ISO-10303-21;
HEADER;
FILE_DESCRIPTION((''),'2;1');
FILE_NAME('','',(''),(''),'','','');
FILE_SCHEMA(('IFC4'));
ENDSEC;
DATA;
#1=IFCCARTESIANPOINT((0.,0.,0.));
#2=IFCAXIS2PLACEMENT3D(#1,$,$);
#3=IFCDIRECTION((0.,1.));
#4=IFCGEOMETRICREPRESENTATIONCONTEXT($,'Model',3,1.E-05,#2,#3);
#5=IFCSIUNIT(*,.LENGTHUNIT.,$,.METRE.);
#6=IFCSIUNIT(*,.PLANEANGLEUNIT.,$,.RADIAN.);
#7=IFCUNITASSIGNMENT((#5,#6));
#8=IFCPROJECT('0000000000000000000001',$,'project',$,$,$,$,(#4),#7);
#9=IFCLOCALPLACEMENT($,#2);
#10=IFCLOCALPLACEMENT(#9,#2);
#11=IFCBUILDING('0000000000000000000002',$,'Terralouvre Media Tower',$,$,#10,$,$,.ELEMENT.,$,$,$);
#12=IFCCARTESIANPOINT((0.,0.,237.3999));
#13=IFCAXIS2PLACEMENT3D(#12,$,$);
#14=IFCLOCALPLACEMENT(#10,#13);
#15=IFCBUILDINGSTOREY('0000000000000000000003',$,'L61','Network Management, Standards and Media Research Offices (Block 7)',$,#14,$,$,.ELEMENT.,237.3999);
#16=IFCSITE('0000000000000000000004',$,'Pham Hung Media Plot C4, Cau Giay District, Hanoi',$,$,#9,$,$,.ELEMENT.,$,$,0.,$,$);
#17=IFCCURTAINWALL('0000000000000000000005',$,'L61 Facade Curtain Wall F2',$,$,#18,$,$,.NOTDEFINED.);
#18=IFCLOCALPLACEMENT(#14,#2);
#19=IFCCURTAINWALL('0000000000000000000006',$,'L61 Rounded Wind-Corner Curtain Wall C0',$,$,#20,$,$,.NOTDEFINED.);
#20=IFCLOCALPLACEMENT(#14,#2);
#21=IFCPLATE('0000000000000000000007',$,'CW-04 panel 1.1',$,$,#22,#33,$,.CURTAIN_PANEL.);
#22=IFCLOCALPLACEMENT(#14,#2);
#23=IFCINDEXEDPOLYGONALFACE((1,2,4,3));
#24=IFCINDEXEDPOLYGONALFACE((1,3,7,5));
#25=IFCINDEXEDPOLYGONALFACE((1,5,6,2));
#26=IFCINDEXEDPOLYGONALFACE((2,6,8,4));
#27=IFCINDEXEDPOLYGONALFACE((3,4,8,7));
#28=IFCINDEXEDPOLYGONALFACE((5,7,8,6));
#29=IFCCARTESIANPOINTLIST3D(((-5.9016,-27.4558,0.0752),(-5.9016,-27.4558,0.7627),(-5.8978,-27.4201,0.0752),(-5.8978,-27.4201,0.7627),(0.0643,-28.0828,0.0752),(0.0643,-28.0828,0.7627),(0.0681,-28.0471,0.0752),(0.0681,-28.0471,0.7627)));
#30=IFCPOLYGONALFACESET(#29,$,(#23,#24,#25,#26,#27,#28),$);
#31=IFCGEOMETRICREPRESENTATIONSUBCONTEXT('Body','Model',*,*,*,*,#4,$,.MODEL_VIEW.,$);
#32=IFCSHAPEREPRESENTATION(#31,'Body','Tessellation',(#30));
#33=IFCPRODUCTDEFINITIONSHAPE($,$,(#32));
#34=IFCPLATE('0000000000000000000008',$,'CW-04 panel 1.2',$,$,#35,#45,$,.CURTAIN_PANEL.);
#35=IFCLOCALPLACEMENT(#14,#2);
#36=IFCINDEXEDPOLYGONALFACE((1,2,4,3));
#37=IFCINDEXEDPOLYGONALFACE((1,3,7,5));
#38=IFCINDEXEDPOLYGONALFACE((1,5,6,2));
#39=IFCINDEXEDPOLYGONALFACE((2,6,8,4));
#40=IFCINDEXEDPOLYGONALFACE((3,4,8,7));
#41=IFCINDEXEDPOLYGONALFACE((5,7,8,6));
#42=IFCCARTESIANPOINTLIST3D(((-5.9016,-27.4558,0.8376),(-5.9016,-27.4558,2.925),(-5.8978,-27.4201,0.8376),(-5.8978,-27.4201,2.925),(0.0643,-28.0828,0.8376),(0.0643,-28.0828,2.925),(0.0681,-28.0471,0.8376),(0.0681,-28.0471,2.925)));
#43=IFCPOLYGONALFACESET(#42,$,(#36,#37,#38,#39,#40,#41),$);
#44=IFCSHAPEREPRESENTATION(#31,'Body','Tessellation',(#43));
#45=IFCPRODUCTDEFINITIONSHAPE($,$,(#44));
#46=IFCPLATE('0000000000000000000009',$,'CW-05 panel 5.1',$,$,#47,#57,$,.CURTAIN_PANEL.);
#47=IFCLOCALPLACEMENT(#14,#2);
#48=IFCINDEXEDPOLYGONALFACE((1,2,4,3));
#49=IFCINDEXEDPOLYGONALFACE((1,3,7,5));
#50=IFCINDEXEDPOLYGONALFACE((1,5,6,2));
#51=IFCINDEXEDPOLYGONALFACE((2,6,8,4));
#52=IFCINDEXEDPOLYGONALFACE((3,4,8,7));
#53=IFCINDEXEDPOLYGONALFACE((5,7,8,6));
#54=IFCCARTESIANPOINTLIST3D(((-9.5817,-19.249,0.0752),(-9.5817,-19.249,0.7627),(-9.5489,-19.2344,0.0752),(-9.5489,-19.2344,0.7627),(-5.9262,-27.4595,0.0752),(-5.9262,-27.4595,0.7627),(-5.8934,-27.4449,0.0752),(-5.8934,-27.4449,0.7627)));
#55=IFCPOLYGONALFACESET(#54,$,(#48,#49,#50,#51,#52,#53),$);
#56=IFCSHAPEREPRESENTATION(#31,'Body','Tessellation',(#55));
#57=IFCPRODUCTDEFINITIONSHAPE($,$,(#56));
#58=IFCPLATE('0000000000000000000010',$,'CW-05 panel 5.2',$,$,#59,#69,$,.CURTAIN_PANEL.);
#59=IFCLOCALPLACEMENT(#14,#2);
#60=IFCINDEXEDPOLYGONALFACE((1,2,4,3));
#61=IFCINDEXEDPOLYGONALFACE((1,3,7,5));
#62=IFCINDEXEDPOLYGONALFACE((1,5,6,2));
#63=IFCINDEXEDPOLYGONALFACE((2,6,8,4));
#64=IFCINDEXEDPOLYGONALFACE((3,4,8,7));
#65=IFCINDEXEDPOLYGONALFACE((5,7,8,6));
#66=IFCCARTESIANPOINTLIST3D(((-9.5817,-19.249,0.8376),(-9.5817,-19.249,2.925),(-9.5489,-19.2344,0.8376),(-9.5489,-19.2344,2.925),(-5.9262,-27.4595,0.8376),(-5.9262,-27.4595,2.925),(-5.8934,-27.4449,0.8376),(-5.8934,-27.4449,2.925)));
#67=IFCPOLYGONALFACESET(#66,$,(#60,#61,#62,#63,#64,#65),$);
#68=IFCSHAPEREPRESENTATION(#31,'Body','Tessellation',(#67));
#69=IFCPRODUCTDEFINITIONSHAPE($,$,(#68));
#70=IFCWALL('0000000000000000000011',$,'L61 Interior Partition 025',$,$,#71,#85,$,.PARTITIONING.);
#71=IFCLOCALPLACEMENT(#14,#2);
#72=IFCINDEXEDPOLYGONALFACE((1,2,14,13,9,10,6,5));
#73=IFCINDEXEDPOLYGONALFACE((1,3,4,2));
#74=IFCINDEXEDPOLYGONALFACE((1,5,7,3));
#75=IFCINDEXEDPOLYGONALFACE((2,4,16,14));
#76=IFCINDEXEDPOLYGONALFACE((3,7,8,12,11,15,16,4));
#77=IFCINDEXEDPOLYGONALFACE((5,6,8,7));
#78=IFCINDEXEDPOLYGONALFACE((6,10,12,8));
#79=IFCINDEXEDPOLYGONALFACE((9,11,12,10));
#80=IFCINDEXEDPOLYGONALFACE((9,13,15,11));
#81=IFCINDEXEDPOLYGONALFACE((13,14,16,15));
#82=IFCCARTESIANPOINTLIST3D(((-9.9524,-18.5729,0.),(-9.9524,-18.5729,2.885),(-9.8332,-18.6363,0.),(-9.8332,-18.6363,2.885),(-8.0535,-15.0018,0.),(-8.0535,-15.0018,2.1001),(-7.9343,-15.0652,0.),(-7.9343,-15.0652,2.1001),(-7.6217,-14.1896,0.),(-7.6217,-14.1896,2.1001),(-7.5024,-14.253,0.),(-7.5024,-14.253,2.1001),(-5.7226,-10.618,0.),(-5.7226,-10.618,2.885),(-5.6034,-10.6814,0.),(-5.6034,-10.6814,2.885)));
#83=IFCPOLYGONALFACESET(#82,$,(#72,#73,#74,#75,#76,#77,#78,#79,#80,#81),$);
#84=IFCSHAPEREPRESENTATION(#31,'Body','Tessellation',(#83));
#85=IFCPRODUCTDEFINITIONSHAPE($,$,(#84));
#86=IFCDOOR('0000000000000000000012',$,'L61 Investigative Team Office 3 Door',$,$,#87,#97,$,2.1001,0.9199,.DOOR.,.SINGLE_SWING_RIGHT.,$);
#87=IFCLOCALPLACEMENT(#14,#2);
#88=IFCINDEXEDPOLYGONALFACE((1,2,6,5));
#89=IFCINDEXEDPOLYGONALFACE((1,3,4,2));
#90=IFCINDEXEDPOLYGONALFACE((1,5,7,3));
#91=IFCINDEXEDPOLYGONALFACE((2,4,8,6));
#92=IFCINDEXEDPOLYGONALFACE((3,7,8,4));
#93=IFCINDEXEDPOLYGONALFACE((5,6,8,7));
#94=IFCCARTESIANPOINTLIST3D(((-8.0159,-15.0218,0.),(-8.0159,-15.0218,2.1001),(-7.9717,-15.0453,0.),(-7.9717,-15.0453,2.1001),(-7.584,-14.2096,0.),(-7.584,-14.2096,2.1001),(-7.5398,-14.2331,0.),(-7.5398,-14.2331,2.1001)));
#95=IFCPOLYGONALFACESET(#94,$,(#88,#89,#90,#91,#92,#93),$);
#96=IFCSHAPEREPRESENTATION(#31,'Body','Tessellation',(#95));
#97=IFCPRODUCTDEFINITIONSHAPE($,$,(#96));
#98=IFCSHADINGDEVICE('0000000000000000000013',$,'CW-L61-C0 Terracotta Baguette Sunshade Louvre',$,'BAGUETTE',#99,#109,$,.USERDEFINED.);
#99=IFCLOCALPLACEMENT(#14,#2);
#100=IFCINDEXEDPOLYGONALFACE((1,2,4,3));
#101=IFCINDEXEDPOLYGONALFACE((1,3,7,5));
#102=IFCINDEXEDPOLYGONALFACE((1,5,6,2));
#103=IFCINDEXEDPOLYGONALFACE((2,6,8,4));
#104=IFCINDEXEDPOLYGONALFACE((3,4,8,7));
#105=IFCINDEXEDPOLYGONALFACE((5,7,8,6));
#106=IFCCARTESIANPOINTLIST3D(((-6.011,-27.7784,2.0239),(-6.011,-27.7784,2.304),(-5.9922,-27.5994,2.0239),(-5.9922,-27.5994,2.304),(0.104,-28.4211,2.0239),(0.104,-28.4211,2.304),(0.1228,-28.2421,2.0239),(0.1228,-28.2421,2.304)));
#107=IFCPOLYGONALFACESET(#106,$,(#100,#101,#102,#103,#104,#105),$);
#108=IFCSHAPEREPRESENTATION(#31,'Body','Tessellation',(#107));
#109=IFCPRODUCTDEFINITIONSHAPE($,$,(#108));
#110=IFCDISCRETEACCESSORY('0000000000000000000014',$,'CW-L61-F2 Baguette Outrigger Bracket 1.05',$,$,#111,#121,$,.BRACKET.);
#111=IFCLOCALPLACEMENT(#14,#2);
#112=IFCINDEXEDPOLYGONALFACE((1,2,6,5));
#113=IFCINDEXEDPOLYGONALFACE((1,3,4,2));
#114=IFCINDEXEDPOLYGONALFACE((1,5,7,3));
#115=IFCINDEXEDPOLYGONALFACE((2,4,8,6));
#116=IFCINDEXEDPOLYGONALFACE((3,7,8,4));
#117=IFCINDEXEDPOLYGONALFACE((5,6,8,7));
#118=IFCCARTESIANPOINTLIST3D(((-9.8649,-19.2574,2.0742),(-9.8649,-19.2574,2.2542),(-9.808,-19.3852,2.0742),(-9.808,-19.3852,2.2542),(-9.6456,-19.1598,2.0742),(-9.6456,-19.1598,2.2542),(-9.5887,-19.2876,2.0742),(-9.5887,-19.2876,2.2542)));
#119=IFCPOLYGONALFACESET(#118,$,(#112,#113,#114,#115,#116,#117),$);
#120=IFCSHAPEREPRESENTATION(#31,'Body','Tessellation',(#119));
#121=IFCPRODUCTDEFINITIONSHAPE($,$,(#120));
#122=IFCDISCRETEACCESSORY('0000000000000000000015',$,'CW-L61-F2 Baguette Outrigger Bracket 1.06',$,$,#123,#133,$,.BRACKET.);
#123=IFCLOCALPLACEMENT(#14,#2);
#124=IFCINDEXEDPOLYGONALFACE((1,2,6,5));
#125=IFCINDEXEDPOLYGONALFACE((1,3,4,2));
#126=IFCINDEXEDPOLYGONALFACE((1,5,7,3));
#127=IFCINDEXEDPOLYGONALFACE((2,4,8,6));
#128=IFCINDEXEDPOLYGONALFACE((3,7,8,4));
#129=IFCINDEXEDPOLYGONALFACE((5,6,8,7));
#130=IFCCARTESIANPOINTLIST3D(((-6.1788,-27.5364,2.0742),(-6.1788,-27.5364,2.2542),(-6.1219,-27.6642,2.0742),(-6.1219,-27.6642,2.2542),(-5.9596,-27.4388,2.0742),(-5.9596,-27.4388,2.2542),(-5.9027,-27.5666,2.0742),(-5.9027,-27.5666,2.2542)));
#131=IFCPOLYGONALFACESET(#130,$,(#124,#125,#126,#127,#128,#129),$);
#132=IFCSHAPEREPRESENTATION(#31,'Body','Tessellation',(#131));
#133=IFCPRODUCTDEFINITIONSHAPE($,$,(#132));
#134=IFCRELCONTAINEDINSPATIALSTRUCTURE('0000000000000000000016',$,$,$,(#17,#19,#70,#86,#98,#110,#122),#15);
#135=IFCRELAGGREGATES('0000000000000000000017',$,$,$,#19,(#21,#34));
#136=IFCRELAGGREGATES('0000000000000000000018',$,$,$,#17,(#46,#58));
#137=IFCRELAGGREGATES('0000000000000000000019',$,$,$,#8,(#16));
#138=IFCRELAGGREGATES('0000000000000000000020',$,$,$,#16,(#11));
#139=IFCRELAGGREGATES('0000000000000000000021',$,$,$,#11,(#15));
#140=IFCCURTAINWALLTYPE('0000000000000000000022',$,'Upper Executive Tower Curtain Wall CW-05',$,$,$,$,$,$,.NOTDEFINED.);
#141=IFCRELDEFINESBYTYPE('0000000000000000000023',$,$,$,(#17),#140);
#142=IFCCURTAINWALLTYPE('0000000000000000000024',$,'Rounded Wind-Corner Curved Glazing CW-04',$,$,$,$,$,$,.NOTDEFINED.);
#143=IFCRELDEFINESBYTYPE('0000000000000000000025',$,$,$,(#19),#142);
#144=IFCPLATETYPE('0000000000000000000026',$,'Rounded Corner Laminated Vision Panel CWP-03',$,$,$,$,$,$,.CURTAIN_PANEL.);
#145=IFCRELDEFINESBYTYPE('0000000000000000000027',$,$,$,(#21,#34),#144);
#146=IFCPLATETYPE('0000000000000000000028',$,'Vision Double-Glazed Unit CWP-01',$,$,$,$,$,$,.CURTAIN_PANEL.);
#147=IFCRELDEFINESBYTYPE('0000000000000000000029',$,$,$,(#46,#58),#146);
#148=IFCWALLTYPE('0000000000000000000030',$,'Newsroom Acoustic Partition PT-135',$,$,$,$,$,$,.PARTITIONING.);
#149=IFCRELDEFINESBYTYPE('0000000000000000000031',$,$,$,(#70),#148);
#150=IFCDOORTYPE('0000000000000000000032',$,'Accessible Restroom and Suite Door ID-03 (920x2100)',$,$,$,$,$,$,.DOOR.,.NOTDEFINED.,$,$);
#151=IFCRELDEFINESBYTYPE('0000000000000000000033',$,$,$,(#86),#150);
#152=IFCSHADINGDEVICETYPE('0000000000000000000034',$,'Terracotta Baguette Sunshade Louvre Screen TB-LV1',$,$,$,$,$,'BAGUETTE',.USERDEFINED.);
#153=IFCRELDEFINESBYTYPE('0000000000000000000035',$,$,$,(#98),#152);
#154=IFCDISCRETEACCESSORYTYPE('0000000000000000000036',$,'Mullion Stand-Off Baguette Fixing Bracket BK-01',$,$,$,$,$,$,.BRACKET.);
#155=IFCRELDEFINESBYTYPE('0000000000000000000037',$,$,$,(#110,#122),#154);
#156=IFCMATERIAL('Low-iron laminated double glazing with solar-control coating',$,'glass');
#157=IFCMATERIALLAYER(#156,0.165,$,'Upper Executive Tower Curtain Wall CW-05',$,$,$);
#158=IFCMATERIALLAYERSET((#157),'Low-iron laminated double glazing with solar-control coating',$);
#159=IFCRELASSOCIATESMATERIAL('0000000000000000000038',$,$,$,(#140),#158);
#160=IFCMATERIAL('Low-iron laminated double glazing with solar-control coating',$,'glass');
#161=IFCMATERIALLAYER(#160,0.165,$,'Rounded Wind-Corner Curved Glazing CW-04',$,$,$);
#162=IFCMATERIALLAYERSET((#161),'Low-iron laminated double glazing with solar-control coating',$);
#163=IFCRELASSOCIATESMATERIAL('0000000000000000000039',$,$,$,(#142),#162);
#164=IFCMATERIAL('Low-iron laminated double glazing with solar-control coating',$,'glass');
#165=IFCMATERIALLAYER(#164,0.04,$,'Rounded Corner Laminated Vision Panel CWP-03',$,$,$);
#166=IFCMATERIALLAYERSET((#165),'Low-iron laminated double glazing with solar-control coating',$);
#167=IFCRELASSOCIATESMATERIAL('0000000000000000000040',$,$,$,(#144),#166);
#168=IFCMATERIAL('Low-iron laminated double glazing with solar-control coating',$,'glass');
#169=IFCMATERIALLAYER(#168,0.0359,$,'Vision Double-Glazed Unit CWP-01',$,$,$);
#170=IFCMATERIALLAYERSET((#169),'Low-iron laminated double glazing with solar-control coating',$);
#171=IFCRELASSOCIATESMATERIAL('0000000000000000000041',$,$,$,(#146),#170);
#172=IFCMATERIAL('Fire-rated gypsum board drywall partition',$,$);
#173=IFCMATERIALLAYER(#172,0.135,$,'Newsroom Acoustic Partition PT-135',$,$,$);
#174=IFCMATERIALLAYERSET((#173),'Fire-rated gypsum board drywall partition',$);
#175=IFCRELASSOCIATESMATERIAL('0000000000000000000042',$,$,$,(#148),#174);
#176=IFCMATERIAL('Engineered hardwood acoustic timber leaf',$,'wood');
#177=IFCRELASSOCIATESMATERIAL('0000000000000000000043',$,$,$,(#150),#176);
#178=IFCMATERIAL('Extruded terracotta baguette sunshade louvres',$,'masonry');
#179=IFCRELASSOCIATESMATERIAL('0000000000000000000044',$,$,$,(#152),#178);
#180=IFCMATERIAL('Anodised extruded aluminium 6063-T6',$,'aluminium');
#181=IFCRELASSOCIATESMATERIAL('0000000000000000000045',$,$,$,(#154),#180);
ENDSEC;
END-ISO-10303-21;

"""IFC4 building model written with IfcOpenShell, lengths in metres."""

from ifc_helpers import new_model, si_unit, direction, frame, frame_2d, origin, origin_2d, place, context, subcontext, project, spatial, rectangle, extrude, material, layer, layer_set, type_object, element, fill, aggregate, save


model = new_model("IFC4")

# Units and contexts
model_context = context("Model", 3, precision=1e-05, world=origin(), true_north=direction((0.0, 1.0)))
body_context = subcontext(model_context, "Body", "Model", "MODEL_VIEW")
ifc_project = project(units=[si_unit("LENGTHUNIT", "METRE"), si_unit("PLANEANGLEUNIT", "RADIAN")], contexts=[model_context])

# Site, building, storey
site_placement = place(None, origin())
site = spatial("IfcSite", under=ifc_project, at=site_placement, Name="Pham Hung Media Plot C4, Cau Giay District, Hanoi", CompositionType="ELEMENT", RefElevation=0.0)
building_placement = place(site_placement, origin())
building = spatial("IfcBuilding", under=site, at=building_placement, Name="Terralouvre Media Tower", CompositionType="ELEMENT")
storey_placement = place(building_placement, frame((0.0, 0.0, 237.3999)))
storey = spatial("IfcBuildingStorey", under=building, at=storey_placement, Name="L61", Description="Network Management, Standards and Media Research Offices (Block 7)", CompositionType="ELEMENT", Elevation=237.3999)

# Curtain walls
ifc_material_1 = material(Name="Low-iron laminated double glazing with solar-control coating", Category="glass")
ifc_layer_1 = layer(ifc_material_1, 0.165, Name="Upper Executive Tower Curtain Wall CW-05")
ifc_layer_set_1 = layer_set([ifc_layer_1], Name="Low-iron laminated double glazing with solar-control coating")
curtain_wall_type_1 = type_object("IfcCurtainWallType", Name="Upper Executive Tower Curtain Wall CW-05", PredefinedType="NOTDEFINED", material=ifc_layer_set_1)
curtain_wall_1_placement = place(storey_placement, origin())
curtain_wall_1 = element("IfcCurtainWall", 1, at=curtain_wall_1_placement, inside=storey, type_object=curtain_wall_type_1, Name="L61 Facade Curtain Wall F2", PredefinedType="NOTDEFINED")
ifc_material_2 = material(Name="Low-iron laminated double glazing with solar-control coating", Category="glass")
ifc_layer_2 = layer(ifc_material_2, 0.165, Name="Rounded Wind-Corner Curved Glazing CW-04")
ifc_layer_set_2 = layer_set([ifc_layer_2], Name="Low-iron laminated double glazing with solar-control coating")
curtain_wall_type_2 = type_object("IfcCurtainWallType", Name="Rounded Wind-Corner Curved Glazing CW-04", PredefinedType="NOTDEFINED", material=ifc_layer_set_2)
curtain_wall_2_placement = place(storey_placement, origin())
curtain_wall_2 = element("IfcCurtainWall", 2, at=curtain_wall_2_placement, inside=storey, type_object=curtain_wall_type_2, Name="L61 Rounded Wind-Corner Curtain Wall C0", PredefinedType="NOTDEFINED")

# Plates
ifc_material_3 = material(Name="Low-iron laminated double glazing with solar-control coating", Category="glass")
ifc_layer_3 = layer(ifc_material_3, 0.04, Name="Rounded Corner Laminated Vision Panel CWP-03")
ifc_layer_set_3 = layer_set([ifc_layer_3], Name="Low-iron laminated double glazing with solar-control coating")
plate_type_1 = type_object("IfcPlateType", Name="Rounded Corner Laminated Vision Panel CWP-03", PredefinedType="CURTAIN_PANEL", material=ifc_layer_set_3)
plate_1_placement = place(storey_placement, frame((-2.9167, -27.7515, 0.0752), z_axis=(0.0, 0.0, 1.0), x_axis=(0.994522, -0.104528, 0.0)))
plate_1 = element("IfcPlate", 3, at=plate_1_placement, type_object=plate_type_1, Name="CW-04 panel 1.1", PredefinedType="CURTAIN_PANEL", context=body_context, shape_type="SweptSolid", body=[
    extrude(rectangle(XDim=5.9988, YDim=0.0359, at=origin_2d()), origin(), (0.0, 0.0, 1.0), 0.6875),
])
plate_2_placement = place(storey_placement, frame((-2.9167, -27.7515, 0.8376), z_axis=(0.0, 0.0, 1.0), x_axis=(0.994522, -0.104528, 0.0)))
plate_2 = element("IfcPlate", 4, at=plate_2_placement, type_object=plate_type_1, Name="CW-04 panel 1.2", PredefinedType="CURTAIN_PANEL", context=body_context, shape_type="SweptSolid", body=[
    extrude(rectangle(XDim=5.9988, YDim=0.0359, at=origin_2d()), origin(), (0.0, 0.0, 1.0), 2.0874),
])
aggregate(curtain_wall_2, [plate_1, plate_2])
ifc_material_4 = material(Name="Low-iron laminated double glazing with solar-control coating", Category="glass")
ifc_layer_4 = layer(ifc_material_4, 0.0359, Name="Vision Double-Glazed Unit CWP-01")
ifc_layer_set_4 = layer_set([ifc_layer_4], Name="Low-iron laminated double glazing with solar-control coating")
plate_type_2 = type_object("IfcPlateType", Name="Vision Double-Glazed Unit CWP-01", PredefinedType="CURTAIN_PANEL", material=ifc_layer_set_4)
plate_3_placement = place(storey_placement, frame((-7.7375, -23.3469, 0.0752), z_axis=(0.0, 0.0, 1.0), x_axis=(0.406737, -0.913545, 0.0)))
plate_3 = element("IfcPlate", 5, at=plate_3_placement, type_object=plate_type_2, Name="CW-05 panel 5.1", PredefinedType="CURTAIN_PANEL", context=body_context, shape_type="SweptSolid", body=[
    extrude(rectangle(XDim=8.9875, YDim=0.0359, at=origin_2d()), origin(), (0.0, 0.0, 1.0), 0.6875),
])
plate_4_placement = place(storey_placement, frame((-7.7375, -23.3469, 0.8376), z_axis=(0.0, 0.0, 1.0), x_axis=(0.406737, -0.913545, 0.0)))
plate_4 = element("IfcPlate", 6, at=plate_4_placement, type_object=plate_type_2, Name="CW-05 panel 5.2", PredefinedType="CURTAIN_PANEL", context=body_context, shape_type="SweptSolid", body=[
    extrude(rectangle(XDim=8.9875, YDim=0.0359, at=origin_2d()), origin(), (0.0, 0.0, 1.0), 2.0874),
])
aggregate(curtain_wall_1, [plate_3, plate_4])

# Wall, opening, door
ifc_material_5 = material(Name="Fire-rated gypsum board drywall partition")
ifc_layer_5 = layer(ifc_material_5, 0.135, Name="Newsroom Acoustic Partition PT-135")
ifc_layer_set_5 = layer_set([ifc_layer_5], Name="Fire-rated gypsum board drywall partition")
wall_type = type_object("IfcWallType", Name="Newsroom Acoustic Partition PT-135", PredefinedType="PARTITIONING", material=ifc_layer_set_5)
wall_placement = place(storey_placement, frame((-9.8928, -18.6047, 0.0), z_axis=(0.0, 0.0, 1.0), x_axis=(0.469478, 0.882944, 0.0)))
wall = element("IfcWall", 7, at=wall_placement, inside=storey, type_object=wall_type, Name="L61 Interior Partition 025", PredefinedType="PARTITIONING", context=body_context, shape_type="SweptSolid", body=[
    extrude(rectangle(XDim=9.0095, YDim=0.135, at=frame_2d((4.5049, 0.0))), origin(), (0.0, 0.0, 1.0), 2.885),
])
opening_placement = place(wall_placement, frame((4.0447, 0.0, 0.0)))
opening = element("IfcOpeningElement", 8, at=opening_placement, cuts=wall, PredefinedType="OPENING", context=body_context, shape_type="SweptSolid", body=[
    extrude(rectangle(XDim=0.9199, YDim=2.1001, at=frame_2d((0.46, 1.05))), frame((0.0, 0.0774, 0.0), z_axis=(0.0, -1.0, 0.0), x_axis=(1.0, 0.0, 0.0)), (0.0, 0.0, 1.0), 0.155),
])
ifc_material_6 = material(Name="Engineered hardwood acoustic timber leaf", Category="wood")
door_type = type_object("IfcDoorType", Name="Accessible Restroom and Suite Door ID-03 (920x2100)", OperationType="NOTDEFINED", PredefinedType="DOOR", material=ifc_material_6)
door_placement = place(opening_placement, origin())
door = element("IfcDoor", 9, at=door_placement, inside=storey, type_object=door_type, Name="L61 Investigative Team Office 3 Door", OperationType="SINGLE_SWING_RIGHT", OverallHeight=2.1001, OverallWidth=0.9199, PredefinedType="DOOR", context=body_context, shape_type="SweptSolid", body=[
    extrude(rectangle(XDim=0.9199, YDim=2.1001, at=frame_2d((0.46, 1.05))), frame((0.0, 0.0249, 0.0), z_axis=(0.0, -1.0, 0.0), x_axis=(1.0, 0.0, 0.0)), (0.0, 0.0, 1.0), 0.05),
])
fill(opening, door)

# Shading device
ifc_material_7 = material(Name="Extruded terracotta baguette sunshade louvres", Category="masonry")
shading_device_type = type_object("IfcShadingDeviceType", Name="Terracotta Baguette Sunshade Louvre Screen TB-LV1", ElementType="BAGUETTE", PredefinedType="USERDEFINED", material=ifc_material_7)
shading_device_placement = place(storey_placement, frame((-2.9441, -28.0103, 2.0239), z_axis=(0.0, 0.0, 1.0), x_axis=(0.994522, -0.104528, 0.0)))
element("IfcShadingDevice", 10, at=shading_device_placement, inside=storey, type_object=shading_device_type, Name="CW-L61-C0 Terracotta Baguette Sunshade Louvre", ObjectType="BAGUETTE", PredefinedType="USERDEFINED", context=body_context, shape_type="SweptSolid", body=[
    extrude(rectangle(XDim=6.1487, YDim=0.1799, at=origin_2d()), origin(), (0.0, 0.0, 1.0), 0.28),
])

# Discrete accessories
ifc_material_8 = material(Name="Anodised extruded aluminium 6063-T6", Category="aluminium")
discrete_accessory_type = type_object("IfcDiscreteAccessoryType", Name="Mullion Stand-Off Baguette Fixing Bracket BK-01", PredefinedType="BRACKET", material=ifc_material_8)
for number, where, z_axis, x_axis, name in (
    (11, (-9.7268, -19.2725, 2.0742), (0.0, 0.0, 1.0), (0.406737, -0.913545, 0.0), "CW-L61-F2 Baguette Outrigger Bracket 1.05"),
    (12, (-6.0408, -27.5515, 2.0742), (0.0, 0.0, 1.0), (0.406737, -0.913545, 0.0), "CW-L61-F2 Baguette Outrigger Bracket 1.06"),
):
    element("IfcDiscreteAccessory", number, at=place(storey_placement, frame(where, z_axis=z_axis, x_axis=x_axis)), inside=storey, type_object=discrete_accessory_type, Name=name, PredefinedType="BRACKET", context=body_context, shape_type="SweptSolid", body=[
        extrude(rectangle(XDim=0.1399, YDim=0.24, at=origin_2d()), origin(), (0.0, 0.0, 1.0), 0.1799),
    ])

save(model, "model.ifc")
